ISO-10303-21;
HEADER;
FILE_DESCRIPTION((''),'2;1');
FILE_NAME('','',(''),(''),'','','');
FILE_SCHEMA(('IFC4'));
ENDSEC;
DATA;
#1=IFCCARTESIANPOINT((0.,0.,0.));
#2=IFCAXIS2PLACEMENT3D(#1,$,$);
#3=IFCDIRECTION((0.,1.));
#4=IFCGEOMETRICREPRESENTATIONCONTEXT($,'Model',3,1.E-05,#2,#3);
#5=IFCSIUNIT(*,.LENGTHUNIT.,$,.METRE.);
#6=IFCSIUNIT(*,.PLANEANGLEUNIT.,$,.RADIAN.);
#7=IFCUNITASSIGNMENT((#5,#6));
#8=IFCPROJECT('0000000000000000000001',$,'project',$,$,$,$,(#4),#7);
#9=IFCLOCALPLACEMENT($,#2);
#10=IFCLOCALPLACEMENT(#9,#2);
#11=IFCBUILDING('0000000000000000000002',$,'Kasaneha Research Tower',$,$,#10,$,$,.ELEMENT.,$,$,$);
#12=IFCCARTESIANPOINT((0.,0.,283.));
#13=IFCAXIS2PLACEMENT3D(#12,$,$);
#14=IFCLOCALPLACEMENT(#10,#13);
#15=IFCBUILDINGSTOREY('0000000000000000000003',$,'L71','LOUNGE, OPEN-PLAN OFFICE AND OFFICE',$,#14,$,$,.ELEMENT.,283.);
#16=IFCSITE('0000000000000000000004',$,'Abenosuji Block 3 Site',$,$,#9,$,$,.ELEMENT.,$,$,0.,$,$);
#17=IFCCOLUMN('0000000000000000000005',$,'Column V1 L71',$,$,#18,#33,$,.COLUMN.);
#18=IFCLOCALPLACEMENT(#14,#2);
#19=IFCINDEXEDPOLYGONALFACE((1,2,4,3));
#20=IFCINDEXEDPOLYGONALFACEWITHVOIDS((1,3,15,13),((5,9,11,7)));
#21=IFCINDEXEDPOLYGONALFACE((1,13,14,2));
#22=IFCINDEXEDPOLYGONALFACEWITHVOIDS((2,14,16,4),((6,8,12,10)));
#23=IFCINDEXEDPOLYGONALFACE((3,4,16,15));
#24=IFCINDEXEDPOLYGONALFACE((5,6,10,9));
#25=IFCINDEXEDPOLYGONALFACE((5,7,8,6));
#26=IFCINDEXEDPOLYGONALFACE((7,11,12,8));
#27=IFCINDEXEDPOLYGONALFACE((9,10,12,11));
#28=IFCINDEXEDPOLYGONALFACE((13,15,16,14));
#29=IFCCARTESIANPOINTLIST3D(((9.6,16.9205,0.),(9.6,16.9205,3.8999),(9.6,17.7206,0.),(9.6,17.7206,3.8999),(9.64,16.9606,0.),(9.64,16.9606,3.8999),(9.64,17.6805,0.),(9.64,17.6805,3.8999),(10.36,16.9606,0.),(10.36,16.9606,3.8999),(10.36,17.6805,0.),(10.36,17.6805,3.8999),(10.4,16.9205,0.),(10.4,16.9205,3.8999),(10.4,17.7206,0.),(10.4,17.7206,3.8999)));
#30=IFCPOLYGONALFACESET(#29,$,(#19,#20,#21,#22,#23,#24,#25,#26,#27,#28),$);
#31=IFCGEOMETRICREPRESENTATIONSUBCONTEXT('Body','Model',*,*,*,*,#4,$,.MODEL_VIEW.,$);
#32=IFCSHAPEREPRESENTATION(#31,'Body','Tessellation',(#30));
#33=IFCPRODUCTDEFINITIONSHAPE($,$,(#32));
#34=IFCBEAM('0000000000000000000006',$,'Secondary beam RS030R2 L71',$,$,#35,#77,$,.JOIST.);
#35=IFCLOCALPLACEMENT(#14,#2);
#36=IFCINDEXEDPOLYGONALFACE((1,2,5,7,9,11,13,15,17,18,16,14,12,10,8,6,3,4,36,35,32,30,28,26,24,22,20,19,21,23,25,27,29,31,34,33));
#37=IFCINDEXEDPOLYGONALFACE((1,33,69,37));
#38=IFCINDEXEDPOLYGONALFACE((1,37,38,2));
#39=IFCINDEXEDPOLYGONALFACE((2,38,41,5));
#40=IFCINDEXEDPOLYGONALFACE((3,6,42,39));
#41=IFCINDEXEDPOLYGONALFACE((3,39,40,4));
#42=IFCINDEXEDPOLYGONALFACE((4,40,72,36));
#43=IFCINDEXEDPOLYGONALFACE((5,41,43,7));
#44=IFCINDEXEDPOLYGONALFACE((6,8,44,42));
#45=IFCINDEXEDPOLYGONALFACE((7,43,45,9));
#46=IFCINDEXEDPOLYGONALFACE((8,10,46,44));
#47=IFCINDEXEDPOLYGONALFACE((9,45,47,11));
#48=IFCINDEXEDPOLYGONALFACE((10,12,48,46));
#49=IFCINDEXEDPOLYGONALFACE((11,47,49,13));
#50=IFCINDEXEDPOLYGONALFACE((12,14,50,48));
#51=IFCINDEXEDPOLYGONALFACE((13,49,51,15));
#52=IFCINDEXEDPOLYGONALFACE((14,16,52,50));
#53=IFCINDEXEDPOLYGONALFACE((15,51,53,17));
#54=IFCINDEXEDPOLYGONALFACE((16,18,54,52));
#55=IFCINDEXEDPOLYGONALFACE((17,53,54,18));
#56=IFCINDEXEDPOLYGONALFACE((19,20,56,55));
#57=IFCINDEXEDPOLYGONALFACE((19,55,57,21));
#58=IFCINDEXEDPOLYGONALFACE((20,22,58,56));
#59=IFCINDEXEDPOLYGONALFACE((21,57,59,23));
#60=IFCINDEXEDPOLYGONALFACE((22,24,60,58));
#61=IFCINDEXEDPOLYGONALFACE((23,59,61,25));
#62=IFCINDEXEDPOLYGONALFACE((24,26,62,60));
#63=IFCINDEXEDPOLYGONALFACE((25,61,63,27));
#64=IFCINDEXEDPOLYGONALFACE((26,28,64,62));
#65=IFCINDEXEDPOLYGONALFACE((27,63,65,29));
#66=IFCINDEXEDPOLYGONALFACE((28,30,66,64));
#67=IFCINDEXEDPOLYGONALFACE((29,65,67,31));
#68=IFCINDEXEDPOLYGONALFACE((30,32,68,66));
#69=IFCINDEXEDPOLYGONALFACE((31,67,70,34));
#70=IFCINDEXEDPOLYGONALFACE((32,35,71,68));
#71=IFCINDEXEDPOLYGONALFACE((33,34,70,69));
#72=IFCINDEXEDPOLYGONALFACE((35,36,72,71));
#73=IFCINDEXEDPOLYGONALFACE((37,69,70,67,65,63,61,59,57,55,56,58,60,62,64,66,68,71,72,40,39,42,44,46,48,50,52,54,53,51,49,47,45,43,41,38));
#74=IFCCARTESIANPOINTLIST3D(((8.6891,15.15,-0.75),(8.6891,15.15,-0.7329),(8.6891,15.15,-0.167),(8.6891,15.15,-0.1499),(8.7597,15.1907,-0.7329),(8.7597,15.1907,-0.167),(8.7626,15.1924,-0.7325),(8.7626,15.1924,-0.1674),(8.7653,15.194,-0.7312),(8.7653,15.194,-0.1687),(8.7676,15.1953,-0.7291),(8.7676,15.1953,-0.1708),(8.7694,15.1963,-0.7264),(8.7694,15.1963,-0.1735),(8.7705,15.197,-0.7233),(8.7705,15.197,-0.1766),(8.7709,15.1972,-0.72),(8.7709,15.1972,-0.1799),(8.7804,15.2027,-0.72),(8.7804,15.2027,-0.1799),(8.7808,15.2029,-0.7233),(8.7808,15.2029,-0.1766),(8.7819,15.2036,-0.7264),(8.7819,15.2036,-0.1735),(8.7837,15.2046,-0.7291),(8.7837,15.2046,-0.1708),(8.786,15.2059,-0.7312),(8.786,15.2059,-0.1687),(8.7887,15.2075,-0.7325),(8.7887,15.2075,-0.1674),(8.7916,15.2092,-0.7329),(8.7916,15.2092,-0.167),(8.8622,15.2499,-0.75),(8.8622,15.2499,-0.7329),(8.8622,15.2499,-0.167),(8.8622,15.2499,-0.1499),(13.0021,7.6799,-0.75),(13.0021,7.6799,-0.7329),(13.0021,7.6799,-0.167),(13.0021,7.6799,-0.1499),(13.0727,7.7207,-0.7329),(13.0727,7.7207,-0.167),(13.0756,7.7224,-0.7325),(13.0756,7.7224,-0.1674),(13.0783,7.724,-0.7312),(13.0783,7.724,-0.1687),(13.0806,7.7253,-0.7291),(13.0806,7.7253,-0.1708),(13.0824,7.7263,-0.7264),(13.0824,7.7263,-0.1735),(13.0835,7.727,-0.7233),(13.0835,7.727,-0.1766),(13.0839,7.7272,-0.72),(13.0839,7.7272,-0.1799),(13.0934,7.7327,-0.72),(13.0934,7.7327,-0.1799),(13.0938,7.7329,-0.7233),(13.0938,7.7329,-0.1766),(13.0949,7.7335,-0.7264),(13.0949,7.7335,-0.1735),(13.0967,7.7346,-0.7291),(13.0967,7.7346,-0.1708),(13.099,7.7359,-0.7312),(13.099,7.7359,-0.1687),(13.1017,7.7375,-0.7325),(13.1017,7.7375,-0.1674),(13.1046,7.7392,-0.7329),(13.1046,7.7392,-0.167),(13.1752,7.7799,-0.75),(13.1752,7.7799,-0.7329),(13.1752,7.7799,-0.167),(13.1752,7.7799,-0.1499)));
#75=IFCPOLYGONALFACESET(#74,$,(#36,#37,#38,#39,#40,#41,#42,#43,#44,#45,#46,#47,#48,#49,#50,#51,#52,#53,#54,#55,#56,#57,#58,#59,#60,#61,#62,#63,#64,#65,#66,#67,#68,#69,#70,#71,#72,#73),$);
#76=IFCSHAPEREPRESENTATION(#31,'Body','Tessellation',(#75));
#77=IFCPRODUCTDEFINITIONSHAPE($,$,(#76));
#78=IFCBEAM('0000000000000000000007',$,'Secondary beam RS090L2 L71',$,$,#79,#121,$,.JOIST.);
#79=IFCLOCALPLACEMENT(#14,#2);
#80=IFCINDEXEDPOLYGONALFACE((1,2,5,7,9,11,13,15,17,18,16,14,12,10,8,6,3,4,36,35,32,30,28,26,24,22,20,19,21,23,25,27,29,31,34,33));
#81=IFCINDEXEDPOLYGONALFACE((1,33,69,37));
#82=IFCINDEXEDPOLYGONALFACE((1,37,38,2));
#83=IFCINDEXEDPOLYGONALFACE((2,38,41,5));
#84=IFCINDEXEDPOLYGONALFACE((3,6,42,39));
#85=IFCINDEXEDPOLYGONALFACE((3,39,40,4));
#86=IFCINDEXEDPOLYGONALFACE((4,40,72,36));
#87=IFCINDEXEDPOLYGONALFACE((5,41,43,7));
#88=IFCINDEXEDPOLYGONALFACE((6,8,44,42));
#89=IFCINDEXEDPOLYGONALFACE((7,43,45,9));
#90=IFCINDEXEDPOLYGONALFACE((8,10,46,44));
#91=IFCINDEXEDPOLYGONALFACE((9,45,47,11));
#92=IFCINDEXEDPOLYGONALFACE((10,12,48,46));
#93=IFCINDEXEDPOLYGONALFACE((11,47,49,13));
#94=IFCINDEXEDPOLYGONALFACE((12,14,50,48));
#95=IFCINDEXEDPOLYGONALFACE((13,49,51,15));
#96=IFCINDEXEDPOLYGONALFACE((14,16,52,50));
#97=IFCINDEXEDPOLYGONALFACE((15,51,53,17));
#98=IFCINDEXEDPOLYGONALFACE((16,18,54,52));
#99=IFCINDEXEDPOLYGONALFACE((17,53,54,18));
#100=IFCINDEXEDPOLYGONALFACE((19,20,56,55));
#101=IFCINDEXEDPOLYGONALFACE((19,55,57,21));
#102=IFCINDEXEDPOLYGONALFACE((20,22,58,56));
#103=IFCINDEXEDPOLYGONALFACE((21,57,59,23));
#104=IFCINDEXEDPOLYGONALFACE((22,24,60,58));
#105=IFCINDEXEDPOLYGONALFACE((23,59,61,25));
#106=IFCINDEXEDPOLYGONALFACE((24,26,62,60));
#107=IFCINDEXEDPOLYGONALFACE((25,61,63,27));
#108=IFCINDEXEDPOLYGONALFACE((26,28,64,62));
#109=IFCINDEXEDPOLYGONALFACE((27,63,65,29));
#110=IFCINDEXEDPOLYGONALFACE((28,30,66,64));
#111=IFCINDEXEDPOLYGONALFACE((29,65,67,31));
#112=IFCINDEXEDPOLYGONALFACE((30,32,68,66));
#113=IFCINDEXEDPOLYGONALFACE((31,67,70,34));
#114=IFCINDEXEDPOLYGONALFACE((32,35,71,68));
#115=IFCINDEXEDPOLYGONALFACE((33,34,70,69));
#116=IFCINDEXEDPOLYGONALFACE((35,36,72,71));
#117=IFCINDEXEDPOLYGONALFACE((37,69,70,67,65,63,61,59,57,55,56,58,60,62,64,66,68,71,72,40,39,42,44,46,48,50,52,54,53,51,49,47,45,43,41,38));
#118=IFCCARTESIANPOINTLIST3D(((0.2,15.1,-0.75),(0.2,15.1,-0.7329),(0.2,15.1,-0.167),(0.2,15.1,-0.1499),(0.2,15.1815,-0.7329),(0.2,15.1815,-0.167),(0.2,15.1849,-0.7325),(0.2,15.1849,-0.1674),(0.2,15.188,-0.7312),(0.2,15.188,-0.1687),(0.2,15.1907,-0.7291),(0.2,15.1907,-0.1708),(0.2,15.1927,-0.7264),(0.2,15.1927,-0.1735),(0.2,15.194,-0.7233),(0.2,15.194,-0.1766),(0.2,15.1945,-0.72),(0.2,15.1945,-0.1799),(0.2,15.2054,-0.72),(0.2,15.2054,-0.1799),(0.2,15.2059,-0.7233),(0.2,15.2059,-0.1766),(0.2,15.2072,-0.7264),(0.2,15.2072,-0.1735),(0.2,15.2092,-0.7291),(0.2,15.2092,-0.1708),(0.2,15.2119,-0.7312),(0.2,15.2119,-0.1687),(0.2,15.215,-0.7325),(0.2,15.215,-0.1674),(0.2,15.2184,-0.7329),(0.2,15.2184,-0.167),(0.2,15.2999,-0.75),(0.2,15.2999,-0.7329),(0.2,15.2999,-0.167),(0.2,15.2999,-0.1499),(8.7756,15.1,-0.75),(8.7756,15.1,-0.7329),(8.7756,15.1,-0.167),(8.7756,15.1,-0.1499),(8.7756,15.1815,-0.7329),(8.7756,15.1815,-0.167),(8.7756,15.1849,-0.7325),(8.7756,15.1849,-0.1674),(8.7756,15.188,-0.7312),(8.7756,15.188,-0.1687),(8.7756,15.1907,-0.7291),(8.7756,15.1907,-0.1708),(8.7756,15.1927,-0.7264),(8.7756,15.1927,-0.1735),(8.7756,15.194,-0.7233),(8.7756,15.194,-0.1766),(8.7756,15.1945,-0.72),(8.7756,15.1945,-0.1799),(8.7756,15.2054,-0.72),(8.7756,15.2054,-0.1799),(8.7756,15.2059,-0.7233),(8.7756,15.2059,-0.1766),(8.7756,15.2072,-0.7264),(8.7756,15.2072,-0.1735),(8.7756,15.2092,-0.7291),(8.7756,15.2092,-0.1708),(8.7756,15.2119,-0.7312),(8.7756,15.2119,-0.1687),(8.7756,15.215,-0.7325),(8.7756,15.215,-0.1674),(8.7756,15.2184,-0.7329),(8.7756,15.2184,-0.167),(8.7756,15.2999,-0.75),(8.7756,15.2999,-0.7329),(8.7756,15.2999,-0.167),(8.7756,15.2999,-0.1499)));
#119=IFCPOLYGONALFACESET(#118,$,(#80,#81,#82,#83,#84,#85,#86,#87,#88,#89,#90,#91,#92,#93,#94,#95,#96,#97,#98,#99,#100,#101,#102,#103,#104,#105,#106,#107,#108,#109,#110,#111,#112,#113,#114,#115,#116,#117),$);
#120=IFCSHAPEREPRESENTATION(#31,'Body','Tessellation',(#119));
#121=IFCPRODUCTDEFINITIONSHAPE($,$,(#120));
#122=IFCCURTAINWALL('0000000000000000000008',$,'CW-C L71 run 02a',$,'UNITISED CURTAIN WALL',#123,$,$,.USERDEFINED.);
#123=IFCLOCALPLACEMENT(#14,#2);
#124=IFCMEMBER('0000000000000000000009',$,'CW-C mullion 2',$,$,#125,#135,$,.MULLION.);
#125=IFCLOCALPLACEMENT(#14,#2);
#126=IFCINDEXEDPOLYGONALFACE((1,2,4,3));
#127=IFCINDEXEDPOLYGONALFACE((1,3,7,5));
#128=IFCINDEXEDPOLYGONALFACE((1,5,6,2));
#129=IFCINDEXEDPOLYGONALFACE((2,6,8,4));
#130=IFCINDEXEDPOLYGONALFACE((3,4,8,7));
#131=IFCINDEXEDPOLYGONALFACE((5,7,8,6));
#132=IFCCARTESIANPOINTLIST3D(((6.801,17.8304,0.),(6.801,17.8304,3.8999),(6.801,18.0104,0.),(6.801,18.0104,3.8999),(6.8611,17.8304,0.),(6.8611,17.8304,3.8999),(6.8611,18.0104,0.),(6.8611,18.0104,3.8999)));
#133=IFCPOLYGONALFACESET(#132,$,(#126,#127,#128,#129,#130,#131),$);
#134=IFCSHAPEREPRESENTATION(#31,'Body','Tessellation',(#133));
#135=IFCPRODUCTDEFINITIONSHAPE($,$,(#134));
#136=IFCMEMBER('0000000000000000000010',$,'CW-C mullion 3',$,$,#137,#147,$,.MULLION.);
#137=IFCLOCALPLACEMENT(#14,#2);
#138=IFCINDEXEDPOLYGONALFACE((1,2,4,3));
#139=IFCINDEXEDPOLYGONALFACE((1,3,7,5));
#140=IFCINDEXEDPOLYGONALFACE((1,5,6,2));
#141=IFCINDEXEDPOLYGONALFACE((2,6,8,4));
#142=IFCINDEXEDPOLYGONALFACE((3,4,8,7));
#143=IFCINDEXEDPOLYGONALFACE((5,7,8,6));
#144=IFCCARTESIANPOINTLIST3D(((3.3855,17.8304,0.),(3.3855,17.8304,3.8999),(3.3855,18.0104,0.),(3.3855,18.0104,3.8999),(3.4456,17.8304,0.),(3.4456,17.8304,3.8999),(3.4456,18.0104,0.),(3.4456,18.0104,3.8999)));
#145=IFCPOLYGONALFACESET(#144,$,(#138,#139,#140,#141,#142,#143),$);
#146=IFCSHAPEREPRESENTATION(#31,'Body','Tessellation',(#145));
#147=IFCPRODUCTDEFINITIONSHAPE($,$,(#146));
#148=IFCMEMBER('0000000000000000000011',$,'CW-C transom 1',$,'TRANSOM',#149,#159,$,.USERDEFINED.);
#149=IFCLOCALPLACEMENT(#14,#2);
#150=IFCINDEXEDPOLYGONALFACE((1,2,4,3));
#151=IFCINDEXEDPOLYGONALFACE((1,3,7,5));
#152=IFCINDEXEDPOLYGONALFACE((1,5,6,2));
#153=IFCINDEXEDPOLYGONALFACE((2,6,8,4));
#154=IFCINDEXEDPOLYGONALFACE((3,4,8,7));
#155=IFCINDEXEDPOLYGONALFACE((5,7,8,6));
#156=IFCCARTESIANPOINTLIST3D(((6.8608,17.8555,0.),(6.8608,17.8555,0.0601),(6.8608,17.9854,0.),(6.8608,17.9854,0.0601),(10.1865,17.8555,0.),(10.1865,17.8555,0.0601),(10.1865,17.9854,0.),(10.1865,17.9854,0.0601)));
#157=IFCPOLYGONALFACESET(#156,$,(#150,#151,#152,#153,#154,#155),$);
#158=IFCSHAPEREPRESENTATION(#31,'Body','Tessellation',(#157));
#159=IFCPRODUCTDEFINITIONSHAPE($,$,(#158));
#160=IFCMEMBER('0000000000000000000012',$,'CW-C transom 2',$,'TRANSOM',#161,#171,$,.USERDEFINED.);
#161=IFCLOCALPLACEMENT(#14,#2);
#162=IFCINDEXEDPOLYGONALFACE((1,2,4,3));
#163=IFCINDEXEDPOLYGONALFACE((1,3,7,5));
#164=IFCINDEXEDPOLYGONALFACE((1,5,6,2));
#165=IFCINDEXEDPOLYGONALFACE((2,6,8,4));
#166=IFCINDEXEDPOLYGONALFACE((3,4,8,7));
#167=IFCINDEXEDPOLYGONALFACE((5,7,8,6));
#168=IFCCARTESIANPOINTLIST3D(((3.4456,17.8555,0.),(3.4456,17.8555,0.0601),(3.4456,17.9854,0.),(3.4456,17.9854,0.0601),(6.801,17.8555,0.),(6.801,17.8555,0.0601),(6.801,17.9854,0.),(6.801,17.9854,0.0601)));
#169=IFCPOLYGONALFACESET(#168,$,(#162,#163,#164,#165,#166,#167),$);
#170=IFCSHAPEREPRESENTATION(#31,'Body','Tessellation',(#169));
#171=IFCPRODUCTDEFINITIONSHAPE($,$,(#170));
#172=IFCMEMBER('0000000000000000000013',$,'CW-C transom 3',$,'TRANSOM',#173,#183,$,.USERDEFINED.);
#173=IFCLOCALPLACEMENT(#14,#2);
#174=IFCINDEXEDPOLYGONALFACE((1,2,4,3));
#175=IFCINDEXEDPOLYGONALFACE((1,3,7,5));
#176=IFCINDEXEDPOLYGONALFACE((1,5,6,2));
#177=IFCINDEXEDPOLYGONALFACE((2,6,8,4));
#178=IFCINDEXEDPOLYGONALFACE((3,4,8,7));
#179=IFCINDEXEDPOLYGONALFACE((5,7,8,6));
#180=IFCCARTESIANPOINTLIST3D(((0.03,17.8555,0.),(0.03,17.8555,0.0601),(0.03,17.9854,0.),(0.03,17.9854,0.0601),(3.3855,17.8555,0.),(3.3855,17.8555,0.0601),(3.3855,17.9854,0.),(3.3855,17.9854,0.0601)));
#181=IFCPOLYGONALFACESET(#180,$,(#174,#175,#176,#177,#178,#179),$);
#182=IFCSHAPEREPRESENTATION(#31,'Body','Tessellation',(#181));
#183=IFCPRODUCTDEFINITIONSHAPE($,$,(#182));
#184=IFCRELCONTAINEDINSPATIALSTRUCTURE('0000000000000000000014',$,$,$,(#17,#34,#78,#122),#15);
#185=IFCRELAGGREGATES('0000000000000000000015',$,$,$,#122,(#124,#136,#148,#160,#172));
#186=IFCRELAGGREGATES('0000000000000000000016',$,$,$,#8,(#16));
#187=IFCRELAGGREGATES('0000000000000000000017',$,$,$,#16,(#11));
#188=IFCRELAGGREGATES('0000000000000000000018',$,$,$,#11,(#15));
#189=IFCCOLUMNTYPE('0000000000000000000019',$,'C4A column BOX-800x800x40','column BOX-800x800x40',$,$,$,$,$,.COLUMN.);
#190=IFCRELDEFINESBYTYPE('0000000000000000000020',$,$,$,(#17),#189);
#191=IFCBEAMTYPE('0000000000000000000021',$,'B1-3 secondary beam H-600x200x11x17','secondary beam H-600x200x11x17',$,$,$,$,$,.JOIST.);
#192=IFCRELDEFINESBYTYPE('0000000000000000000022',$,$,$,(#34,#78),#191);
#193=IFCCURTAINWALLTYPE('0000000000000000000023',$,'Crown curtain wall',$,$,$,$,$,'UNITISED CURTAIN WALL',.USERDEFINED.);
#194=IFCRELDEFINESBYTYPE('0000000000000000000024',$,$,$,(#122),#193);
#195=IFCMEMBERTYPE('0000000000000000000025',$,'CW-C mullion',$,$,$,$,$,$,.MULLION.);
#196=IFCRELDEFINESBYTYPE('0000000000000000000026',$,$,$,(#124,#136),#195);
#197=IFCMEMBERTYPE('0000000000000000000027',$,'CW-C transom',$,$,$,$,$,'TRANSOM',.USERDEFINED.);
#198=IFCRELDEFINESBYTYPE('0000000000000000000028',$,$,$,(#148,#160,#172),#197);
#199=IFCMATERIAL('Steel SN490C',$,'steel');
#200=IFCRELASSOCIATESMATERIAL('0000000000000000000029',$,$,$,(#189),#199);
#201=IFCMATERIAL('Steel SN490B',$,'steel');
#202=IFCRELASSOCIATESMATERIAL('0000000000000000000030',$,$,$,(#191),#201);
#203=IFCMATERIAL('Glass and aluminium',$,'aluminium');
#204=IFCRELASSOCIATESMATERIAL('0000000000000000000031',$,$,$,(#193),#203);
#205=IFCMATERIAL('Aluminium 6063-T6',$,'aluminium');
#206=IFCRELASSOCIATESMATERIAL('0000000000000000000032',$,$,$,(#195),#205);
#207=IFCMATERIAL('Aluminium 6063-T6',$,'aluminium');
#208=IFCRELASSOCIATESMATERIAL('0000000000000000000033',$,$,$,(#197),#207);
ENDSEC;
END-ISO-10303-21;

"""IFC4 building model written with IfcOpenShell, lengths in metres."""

from ifc_helpers import new_model, si_unit, direction, frame, origin, origin_2d, place, context, subcontext, project, spatial, rectangle, hollow_rectangle, i_section, extrude, material, material_profile, profile_set, type_object, element, aggregate, save


model = new_model("IFC4")

# Units and contexts
model_context = context("Model", 3, precision=1e-05, world=origin(), true_north=direction((0.0, 1.0)))
body_context = subcontext(model_context, "Body", "Model", "MODEL_VIEW")
ifc_project = project(units=[si_unit("LENGTHUNIT", "METRE"), si_unit("PLANEANGLEUNIT", "RADIAN")], contexts=[model_context])

# Site, building, storey
site_placement = place(None, origin())
site = spatial("IfcSite", under=ifc_project, at=site_placement, Name="Abenosuji Block 3 Site", CompositionType="ELEMENT", RefElevation=0.0)
building_placement = place(site_placement, origin())
building = spatial("IfcBuilding", under=site, at=building_placement, Name="Kasaneha Research Tower", CompositionType="ELEMENT")
storey_placement = place(building_placement, frame((0.0, 0.0, 283.0)))
storey = spatial("IfcBuildingStorey", under=building, at=storey_placement, Name="L71", Description="LOUNGE, OPEN-PLAN OFFICE AND OFFICE", CompositionType="ELEMENT", Elevation=283.0)

# Column
ifc_material_1 = material(Name="Steel SN490C", Category="steel")
ifc_material_profile_1 = material_profile(ifc_material_1, hollow_rectangle(XDim=0.8, YDim=0.8, WallThickness=0.04, at=origin_2d()), Name="BOX-800x800x40")
ifc_profile_set_1 = profile_set([ifc_material_profile_1], Name="Steel SN490C")
column_type = type_object("IfcColumnType", Name="C4A column BOX-800x800x40", Description="column BOX-800x800x40", PredefinedType="COLUMN", material=ifc_profile_set_1)
column_placement = place(storey_placement, frame((10.0, 17.3206, 0.0), z_axis=(0.0, 0.0, 1.0), x_axis=(1.0, 0.0, 0.0)))
element("IfcColumn", 1, at=column_placement, inside=storey, type_object=column_type, Name="Column V1 L71", PredefinedType="COLUMN", context=body_context, shape_type="SweptSolid", body=[
    extrude(hollow_rectangle(XDim=0.8, YDim=0.8, WallThickness=0.04, at=origin_2d()), origin(), (0.0, 0.0, 1.0), 3.8999),
])

# Beams
ifc_material_2 = material(Name="Steel SN490B", Category="steel")
ifc_material_profile_2 = material_profile(ifc_material_2, i_section(OverallWidth=0.2, OverallDepth=0.6001, WebThickness=0.011, FlangeThickness=0.0171, FilletRadius=0.0129, at=origin_2d()), Name="H-600x200x11x17")
ifc_profile_set_2 = profile_set([ifc_material_profile_2], Name="Steel SN490B")
beam_type_1 = type_object("IfcBeamType", Name="B1-3 secondary beam H-600x200x11x17", Description="secondary beam H-600x200x11x17", PredefinedType="JOIST", material=ifc_profile_set_2)
beam_1_placement = place(storey_placement, frame((8.7756, 15.2, -0.45), z_axis=(0.500017, -0.866015, 0.0), x_axis=(0.866015, 0.500017, 0.0)))
element("IfcBeam", 2, at=beam_1_placement, inside=storey, type_object=beam_type_1, Name="Secondary beam RS030R2 L71", PredefinedType="JOIST", context=body_context, shape_type="SweptSolid", body=[
    extrude(i_section(OverallWidth=0.2, OverallDepth=0.6001, WebThickness=0.011, FlangeThickness=0.0171, FilletRadius=0.0129, at=origin_2d()), origin(), (0.0, 0.0, 1.0), 8.6257),
])
beam_2_placement = place(storey_placement, frame((8.7756, 15.2, -0.45), z_axis=(-1.0, 0.0, 0.0), x_axis=(0.0, -1.0, 0.0)))
element("IfcBeam", 3, at=beam_2_placement, inside=storey, type_object=beam_type_1, Name="Secondary beam RS090L2 L71", PredefinedType="JOIST", context=body_context, shape_type="SweptSolid", body=[
    extrude(i_section(OverallWidth=0.2, OverallDepth=0.6001, WebThickness=0.011, FlangeThickness=0.0171, FilletRadius=0.0129, at=origin_2d()), origin(), (0.0, 0.0, 1.0), 8.5757),
])

# Curtain wall, members
ifc_material_3 = material(Name="Glass and aluminium", Category="aluminium")
curtain_wall_type = type_object("IfcCurtainWallType", Name="Crown curtain wall", ElementType="UNITISED CURTAIN WALL", PredefinedType="USERDEFINED", material=ifc_material_3)
curtain_wall_placement = place(storey_placement, origin())
curtain_wall = element("IfcCurtainWall", 4, at=curtain_wall_placement, inside=storey, type_object=curtain_wall_type, Name="CW-C L71 run 02a", ObjectType="UNITISED CURTAIN WALL", PredefinedType="USERDEFINED")
ifc_material_4 = material(Name="Aluminium 6063-T6", Category="aluminium")
ifc_material_profile_3 = material_profile(ifc_material_4, rectangle(XDim=0.0601, YDim=0.1799, at=origin_2d()), Name="CW-C mullion 60x180")
ifc_profile_set_3 = profile_set([ifc_material_profile_3], Name="Aluminium 6063-T6")
member_type_1 = type_object("IfcMemberType", Name="CW-C mullion", PredefinedType="MULLION", material=ifc_profile_set_3)
member_1_placement = place(storey_placement, frame((6.8311, 17.9204, 0.0), z_axis=(0.0, 0.0, 1.0), x_axis=(-1.0, 0.0, 0.0)))
member_1 = element("IfcMember", 5, at=member_1_placement, type_object=member_type_1, Name="CW-C mullion 2", PredefinedType="MULLION", context=body_context, shape_type="SweptSolid", body=[
    extrude(rectangle(XDim=0.0601, YDim=0.1799, at=origin_2d()), origin(), (0.0, 0.0, 1.0), 3.8999),
])
member_2_placement = place(storey_placement, frame((3.4155, 17.9204, 0.0), z_axis=(0.0, 0.0, 1.0), x_axis=(-1.0, 0.0, 0.0)))
member_2 = element("IfcMember", 6, at=member_2_placement, type_object=member_type_1, Name="CW-C mullion 3", PredefinedType="MULLION", context=body_context, shape_type="SweptSolid", body=[
    extrude(rectangle(XDim=0.0601, YDim=0.1799, at=origin_2d()), origin(), (0.0, 0.0, 1.0), 3.8999),
])
ifc_material_5 = material(Name="Aluminium 6063-T6", Category="aluminium")
ifc_material_profile_4 = material_profile(ifc_material_5, rectangle(XDim=0.1299, YDim=0.0601, at=origin_2d()), Name="CW-C transom 130x60")
ifc_profile_set_4 = profile_set([ifc_material_profile_4], Name="Aluminium 6063-T6")
member_type_2 = type_object("IfcMemberType", Name="CW-C transom", ElementType="TRANSOM", PredefinedType="USERDEFINED", material=ifc_profile_set_4)
member_3_placement = place(storey_placement, frame((10.1865, 17.9204, 0.03), z_axis=(-1.0, 0.0, 0.0), x_axis=(0.0, -1.0, 0.0)))
member_3 = element("IfcMember", 7, at=member_3_placement, type_object=member_type_2, Name="CW-C transom 1", ObjectType="TRANSOM", PredefinedType="USERDEFINED", context=body_context, shape_type="SweptSolid", body=[
    extrude(rectangle(XDim=0.1299, YDim=0.0601, at=origin_2d()), origin(), (0.0, 0.0, 1.0), 3.3257),
])
member_4_placement = place(storey_placement, frame((6.801, 17.9204, 0.03), z_axis=(-1.0, 0.0, 0.0), x_axis=(0.0, -1.0, 0.0)))
member_4 = element("IfcMember", 8, at=member_4_placement, type_object=member_type_2, Name="CW-C transom 2", ObjectType="TRANSOM", PredefinedType="USERDEFINED", context=body_context, shape_type="SweptSolid", body=[
    extrude(rectangle(XDim=0.1299, YDim=0.0601, at=origin_2d()), origin(), (0.0, 0.0, 1.0), 3.3555),
])
member_5_placement = place(storey_placement, frame((3.3855, 17.9204, 0.03), z_axis=(-1.0, 0.0, 0.0), x_axis=(0.0, -1.0, 0.0)))
member_5 = element("IfcMember", 9, at=member_5_placement, type_object=member_type_2, Name="CW-C transom 3", ObjectType="TRANSOM", PredefinedType="USERDEFINED", context=body_context, shape_type="SweptSolid", body=[
    extrude(rectangle(XDim=0.1299, YDim=0.0601, at=origin_2d()), origin(), (0.0, 0.0, 1.0), 3.3555),
])

aggregate(curtain_wall, [member_1, member_2, member_3, member_4, member_5])

save(model, "model.ifc")
